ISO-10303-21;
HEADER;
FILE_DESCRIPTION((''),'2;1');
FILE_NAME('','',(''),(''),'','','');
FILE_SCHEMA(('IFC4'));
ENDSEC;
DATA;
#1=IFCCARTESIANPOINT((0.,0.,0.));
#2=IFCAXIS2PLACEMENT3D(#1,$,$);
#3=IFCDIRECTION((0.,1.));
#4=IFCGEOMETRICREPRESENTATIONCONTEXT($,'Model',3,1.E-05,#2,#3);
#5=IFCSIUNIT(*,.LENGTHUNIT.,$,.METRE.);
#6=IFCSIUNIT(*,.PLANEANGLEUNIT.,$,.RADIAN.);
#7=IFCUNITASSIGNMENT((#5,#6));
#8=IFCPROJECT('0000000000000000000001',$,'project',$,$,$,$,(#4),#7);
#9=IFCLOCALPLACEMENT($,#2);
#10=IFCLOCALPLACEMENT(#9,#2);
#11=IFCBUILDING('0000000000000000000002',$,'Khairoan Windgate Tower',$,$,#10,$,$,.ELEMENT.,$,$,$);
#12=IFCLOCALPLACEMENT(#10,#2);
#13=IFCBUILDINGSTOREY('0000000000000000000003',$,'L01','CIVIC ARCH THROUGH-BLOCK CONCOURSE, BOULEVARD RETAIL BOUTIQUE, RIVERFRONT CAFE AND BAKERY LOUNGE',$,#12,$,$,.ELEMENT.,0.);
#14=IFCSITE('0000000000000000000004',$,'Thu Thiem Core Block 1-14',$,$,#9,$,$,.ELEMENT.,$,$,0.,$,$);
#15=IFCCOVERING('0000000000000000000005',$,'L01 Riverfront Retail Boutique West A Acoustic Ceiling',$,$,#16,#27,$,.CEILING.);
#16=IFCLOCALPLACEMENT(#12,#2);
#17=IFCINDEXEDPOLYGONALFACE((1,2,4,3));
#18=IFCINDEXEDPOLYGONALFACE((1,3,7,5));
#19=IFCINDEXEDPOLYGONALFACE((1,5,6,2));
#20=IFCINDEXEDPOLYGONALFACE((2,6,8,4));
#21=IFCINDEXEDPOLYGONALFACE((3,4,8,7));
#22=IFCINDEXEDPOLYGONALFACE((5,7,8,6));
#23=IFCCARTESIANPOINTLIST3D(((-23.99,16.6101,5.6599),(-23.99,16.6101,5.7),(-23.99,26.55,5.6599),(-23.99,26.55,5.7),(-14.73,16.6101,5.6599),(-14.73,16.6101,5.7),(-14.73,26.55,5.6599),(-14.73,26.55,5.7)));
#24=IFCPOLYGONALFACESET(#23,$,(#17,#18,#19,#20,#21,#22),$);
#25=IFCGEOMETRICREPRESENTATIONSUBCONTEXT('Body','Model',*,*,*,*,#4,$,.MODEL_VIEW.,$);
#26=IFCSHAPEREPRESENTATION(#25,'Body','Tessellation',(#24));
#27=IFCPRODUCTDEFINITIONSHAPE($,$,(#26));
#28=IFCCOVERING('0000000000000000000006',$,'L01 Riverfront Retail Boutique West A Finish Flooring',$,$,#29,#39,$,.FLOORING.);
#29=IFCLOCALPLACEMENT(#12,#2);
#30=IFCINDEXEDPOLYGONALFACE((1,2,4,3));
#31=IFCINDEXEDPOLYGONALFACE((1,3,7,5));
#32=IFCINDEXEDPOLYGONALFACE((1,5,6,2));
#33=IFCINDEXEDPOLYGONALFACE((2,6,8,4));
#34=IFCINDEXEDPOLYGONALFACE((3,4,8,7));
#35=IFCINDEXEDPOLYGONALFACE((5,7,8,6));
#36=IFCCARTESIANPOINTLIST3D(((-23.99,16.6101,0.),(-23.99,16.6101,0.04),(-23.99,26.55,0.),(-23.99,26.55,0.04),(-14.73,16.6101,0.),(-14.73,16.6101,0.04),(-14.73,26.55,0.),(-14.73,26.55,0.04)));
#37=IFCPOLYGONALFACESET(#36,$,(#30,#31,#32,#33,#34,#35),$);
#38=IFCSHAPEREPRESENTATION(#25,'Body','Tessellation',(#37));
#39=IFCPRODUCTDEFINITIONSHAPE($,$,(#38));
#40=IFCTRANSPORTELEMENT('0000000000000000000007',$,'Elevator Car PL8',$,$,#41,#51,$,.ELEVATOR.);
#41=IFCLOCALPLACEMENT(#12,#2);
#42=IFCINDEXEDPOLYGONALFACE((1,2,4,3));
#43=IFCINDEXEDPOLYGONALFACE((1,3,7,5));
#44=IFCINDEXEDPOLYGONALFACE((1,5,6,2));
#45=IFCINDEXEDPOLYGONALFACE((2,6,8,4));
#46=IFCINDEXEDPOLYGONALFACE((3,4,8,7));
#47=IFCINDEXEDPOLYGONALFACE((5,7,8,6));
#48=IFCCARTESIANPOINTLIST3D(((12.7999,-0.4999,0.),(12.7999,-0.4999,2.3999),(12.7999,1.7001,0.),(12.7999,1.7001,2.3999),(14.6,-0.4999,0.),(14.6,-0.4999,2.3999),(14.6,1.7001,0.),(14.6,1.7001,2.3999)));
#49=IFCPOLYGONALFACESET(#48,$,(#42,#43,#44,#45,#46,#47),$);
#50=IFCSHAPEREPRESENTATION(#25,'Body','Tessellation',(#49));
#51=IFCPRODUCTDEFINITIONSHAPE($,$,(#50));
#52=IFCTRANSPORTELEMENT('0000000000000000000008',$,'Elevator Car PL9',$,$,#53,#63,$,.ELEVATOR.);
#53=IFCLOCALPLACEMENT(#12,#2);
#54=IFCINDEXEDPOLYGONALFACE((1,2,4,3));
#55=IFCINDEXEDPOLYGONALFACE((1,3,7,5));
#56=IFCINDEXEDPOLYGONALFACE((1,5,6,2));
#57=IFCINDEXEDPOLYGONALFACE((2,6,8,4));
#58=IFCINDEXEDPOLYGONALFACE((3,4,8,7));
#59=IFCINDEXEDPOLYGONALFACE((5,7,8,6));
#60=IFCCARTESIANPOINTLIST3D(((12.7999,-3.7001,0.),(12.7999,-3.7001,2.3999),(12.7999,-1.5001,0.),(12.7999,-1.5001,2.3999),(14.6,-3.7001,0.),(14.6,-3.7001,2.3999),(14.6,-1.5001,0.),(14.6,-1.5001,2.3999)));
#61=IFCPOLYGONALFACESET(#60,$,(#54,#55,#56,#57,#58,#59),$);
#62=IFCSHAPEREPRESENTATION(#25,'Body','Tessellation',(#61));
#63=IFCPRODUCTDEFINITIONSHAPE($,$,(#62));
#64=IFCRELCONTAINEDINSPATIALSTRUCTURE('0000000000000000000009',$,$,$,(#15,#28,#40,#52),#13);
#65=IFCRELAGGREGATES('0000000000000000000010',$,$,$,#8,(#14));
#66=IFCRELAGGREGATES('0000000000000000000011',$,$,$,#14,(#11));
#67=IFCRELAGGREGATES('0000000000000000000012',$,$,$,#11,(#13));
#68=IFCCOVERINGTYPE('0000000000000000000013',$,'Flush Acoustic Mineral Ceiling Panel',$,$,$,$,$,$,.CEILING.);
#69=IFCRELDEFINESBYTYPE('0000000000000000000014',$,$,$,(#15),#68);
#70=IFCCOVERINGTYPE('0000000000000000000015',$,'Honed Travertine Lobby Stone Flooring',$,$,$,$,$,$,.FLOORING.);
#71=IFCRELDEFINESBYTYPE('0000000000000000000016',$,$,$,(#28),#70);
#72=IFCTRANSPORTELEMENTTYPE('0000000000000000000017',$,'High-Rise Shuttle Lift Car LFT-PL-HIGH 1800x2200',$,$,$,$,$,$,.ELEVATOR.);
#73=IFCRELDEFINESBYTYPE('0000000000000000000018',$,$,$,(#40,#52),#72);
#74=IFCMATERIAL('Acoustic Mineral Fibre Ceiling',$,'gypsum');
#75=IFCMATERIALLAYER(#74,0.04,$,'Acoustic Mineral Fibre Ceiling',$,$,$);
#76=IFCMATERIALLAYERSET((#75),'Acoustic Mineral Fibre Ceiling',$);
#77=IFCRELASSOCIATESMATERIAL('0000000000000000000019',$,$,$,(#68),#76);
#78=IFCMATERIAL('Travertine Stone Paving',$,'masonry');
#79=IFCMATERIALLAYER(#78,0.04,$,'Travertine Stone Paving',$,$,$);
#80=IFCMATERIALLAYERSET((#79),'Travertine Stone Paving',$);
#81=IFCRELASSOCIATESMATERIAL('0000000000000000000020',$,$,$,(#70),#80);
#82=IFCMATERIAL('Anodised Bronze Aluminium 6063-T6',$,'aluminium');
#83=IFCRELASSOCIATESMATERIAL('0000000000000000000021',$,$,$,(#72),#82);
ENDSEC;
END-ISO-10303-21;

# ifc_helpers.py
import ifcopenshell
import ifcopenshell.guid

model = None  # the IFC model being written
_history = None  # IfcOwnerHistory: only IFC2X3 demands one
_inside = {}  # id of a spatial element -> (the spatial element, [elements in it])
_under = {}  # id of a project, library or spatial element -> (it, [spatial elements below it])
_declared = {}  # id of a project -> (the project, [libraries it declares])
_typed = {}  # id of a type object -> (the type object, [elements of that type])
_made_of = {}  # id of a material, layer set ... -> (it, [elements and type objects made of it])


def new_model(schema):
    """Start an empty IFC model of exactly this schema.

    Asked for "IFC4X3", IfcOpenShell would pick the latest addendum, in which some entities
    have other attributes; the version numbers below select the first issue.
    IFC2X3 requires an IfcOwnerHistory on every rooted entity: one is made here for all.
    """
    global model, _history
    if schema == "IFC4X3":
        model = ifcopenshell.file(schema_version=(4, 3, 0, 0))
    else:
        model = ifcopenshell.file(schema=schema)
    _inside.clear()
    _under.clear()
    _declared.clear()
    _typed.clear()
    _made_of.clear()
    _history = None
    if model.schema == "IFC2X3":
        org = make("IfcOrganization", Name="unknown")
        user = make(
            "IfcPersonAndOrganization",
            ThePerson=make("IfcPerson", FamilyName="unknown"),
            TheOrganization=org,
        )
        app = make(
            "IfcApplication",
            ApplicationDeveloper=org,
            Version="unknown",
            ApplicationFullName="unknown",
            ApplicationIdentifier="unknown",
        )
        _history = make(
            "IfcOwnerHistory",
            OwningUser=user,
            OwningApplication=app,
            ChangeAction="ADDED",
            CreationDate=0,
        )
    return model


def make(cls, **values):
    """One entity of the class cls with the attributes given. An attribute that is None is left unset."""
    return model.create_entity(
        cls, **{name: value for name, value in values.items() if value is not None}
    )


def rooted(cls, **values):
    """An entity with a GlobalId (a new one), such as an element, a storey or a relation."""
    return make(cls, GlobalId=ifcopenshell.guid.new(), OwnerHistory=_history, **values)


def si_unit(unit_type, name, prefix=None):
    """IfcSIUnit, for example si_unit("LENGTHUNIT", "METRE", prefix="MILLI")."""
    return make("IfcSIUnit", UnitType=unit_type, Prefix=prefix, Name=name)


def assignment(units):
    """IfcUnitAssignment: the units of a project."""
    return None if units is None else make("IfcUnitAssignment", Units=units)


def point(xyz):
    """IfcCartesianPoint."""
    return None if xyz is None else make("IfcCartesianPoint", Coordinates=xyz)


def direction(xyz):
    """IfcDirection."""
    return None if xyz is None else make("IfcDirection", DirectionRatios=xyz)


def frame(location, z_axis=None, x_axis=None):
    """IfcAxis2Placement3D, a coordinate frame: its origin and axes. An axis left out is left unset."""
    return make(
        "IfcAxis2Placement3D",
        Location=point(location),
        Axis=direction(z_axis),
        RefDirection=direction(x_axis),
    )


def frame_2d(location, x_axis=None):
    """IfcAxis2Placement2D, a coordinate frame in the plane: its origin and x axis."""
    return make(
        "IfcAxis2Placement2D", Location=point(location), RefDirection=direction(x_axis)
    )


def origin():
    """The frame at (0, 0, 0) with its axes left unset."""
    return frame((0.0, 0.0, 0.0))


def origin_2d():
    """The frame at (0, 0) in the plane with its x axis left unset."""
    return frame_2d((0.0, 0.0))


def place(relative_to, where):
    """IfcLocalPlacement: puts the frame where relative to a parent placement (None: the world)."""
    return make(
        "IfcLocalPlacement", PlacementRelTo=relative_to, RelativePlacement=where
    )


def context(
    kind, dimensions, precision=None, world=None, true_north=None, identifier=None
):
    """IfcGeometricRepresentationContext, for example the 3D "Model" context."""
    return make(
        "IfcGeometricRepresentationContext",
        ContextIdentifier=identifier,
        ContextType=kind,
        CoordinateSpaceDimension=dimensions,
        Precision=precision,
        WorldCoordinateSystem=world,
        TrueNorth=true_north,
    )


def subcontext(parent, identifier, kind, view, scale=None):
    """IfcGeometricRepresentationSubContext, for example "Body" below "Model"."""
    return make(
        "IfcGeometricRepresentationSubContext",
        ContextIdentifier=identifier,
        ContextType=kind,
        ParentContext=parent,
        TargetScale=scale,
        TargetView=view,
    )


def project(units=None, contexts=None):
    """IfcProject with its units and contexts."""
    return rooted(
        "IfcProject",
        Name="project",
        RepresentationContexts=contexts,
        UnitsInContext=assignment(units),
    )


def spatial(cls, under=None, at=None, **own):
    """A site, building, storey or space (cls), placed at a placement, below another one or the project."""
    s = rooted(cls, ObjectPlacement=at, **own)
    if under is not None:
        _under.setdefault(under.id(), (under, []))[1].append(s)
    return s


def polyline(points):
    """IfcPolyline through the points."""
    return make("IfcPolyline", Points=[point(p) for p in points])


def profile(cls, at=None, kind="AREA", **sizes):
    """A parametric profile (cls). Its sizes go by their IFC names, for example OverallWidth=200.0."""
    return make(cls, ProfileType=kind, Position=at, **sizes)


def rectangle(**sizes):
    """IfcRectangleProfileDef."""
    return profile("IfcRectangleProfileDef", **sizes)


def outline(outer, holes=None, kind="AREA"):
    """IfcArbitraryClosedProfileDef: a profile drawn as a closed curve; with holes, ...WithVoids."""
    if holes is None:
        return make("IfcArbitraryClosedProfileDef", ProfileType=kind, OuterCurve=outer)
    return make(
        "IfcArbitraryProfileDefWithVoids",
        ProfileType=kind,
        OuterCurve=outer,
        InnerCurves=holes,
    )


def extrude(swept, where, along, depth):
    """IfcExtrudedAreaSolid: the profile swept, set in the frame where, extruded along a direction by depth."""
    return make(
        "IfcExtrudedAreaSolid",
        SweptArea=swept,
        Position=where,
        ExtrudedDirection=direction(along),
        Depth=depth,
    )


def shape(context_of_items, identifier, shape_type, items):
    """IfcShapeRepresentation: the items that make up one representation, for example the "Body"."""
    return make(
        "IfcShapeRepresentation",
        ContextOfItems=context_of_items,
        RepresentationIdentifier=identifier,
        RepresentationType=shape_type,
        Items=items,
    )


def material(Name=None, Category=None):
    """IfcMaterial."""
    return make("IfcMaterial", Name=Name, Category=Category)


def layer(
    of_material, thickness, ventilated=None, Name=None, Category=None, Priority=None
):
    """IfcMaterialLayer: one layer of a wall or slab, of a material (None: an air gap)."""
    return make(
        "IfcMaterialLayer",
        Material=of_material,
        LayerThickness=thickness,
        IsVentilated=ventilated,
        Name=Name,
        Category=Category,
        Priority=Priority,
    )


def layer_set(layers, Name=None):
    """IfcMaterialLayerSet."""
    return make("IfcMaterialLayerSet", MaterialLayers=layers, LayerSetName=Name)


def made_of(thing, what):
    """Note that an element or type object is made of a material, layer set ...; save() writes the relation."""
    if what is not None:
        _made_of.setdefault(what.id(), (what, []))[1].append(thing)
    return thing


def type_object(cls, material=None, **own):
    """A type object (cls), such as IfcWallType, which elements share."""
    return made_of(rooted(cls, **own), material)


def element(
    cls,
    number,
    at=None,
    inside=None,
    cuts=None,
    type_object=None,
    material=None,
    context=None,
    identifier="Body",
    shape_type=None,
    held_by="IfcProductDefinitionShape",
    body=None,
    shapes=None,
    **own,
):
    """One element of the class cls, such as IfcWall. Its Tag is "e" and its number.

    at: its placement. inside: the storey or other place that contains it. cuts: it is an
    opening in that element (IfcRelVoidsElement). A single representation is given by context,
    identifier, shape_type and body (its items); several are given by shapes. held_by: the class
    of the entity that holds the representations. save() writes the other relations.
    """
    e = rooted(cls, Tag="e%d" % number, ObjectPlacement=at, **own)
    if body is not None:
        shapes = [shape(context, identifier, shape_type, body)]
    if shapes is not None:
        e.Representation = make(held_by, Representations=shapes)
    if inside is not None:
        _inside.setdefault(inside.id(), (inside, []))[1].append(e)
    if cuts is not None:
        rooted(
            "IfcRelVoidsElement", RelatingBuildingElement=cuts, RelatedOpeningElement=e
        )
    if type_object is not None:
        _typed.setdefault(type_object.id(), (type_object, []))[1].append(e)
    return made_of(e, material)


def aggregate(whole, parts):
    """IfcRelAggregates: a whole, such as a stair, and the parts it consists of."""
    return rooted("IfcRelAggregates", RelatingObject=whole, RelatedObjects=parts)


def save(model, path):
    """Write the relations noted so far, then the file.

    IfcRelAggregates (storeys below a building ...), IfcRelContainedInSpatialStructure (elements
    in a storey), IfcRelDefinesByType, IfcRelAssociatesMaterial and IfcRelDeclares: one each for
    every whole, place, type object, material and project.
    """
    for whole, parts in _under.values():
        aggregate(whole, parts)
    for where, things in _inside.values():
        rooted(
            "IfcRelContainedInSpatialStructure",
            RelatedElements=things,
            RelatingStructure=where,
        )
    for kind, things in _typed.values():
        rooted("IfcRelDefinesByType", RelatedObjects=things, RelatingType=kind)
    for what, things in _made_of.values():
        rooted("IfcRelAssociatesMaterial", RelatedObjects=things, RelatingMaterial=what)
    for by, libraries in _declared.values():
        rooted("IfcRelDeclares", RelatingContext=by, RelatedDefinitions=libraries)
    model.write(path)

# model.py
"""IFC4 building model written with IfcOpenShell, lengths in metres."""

from ifc_helpers import new_model, si_unit, direction, frame, origin, origin_2d, place, context, subcontext, project, spatial, polyline, rectangle, outline, extrude, material, layer, layer_set, type_object, element, save


model = new_model("IFC4")

# Units and contexts
model_context = context("Model", 3, precision=1e-05, world=origin(), true_north=direction((0.0, 1.0)))
body_context = subcontext(model_context, "Body", "Model", "MODEL_VIEW")
ifc_project = project(units=[si_unit("LENGTHUNIT", "METRE"), si_unit("PLANEANGLEUNIT", "RADIAN")], contexts=[model_context])

# Site, building, storey
site_placement = place(None, origin())
site = spatial("IfcSite", under=ifc_project, at=site_placement, Name="Thu Thiem Core Block 1-14", CompositionType="ELEMENT", RefElevation=0.0)
building_placement = place(site_placement, origin())
building = spatial("IfcBuilding", under=site, at=building_placement, Name="Khairoan Windgate Tower", CompositionType="ELEMENT")
storey_placement = place(building_placement, origin())
storey = spatial("IfcBuildingStorey", under=building, at=storey_placement, Name="L01", Description="CIVIC ARCH THROUGH-BLOCK CONCOURSE, BOULEVARD RETAIL BOUTIQUE, RIVERFRONT CAFE AND BAKERY LOUNGE", CompositionType="ELEMENT", Elevation=0.0)

# Coverings
ifc_material_1 = material(Name="Acoustic Mineral Fibre Ceiling", Category="gypsum")
ifc_layer_1 = layer(ifc_material_1, 0.04, Name="Acoustic Mineral Fibre Ceiling")
ifc_layer_set_1 = layer_set([ifc_layer_1], Name="Acoustic Mineral Fibre Ceiling")
covering_type_1 = type_object("IfcCoveringType", Name="Flush Acoustic Mineral Ceiling Panel", PredefinedType="CEILING", material=ifc_layer_set_1)
covering_1_placement = place(storey_placement, frame((0.0, 0.0, 5.6599)))
element("IfcCovering", 1, at=covering_1_placement, inside=storey, type_object=covering_type_1, Name="L01 Riverfront Retail Boutique West A Acoustic Ceiling", PredefinedType="CEILING", context=body_context, shape_type="SweptSolid", body=[
    extrude(outline(polyline([(-23.99, 26.55), (-14.73, 26.55), (-14.73, 16.6101), (-23.99, 16.6101), (-23.99, 26.55)])), origin(), (0.0, 0.0, 1.0), 0.04),
])
ifc_material_2 = material(Name="Travertine Stone Paving", Category="masonry")
ifc_layer_2 = layer(ifc_material_2, 0.04, Name="Travertine Stone Paving")
ifc_layer_set_2 = layer_set([ifc_layer_2], Name="Travertine Stone Paving")
covering_type_2 = type_object("IfcCoveringType", Name="Honed Travertine Lobby Stone Flooring", PredefinedType="FLOORING", material=ifc_layer_set_2)
covering_2_placement = place(storey_placement, origin())
element("IfcCovering", 2, at=covering_2_placement, inside=storey, type_object=covering_type_2, Name="L01 Riverfront Retail Boutique West A Finish Flooring", PredefinedType="FLOORING", context=body_context, shape_type="SweptSolid", body=[
    extrude(outline(polyline([(-23.99, 26.55), (-14.73, 26.55), (-14.73, 16.6101), (-23.99, 16.6101), (-23.99, 26.55)])), origin(), (0.0, 0.0, 1.0), 0.04),
])

# Transport elements
ifc_material_3 = material(Name="Anodised Bronze Aluminium 6063-T6", Category="aluminium")
transport_element_type = type_object("IfcTransportElementType", Name="High-Rise Shuttle Lift Car LFT-PL-HIGH 1800x2200", PredefinedType="ELEVATOR", material=ifc_material_3)
for number, where, z_axis, x_axis, name in (
    (3, (13.7, 0.6001, 0.0), (0.0, 0.0, 1.0), (1.0, 0.0, 0.0), "Elevator Car PL8"),
    (4, (13.7, -2.6001, 0.0), (0.0, 0.0, 1.0), (1.0, 0.0, 0.0), "Elevator Car PL9"),
):
    element("IfcTransportElement", number, at=place(storey_placement, frame(where, z_axis=z_axis, x_axis=x_axis)), inside=storey, type_object=transport_element_type, Name=name, PredefinedType="ELEVATOR", context=body_context, shape_type="SweptSolid", body=[
        extrude(rectangle(XDim=1.8, YDim=2.2, at=origin_2d()), origin(), (0.0, 0.0, 1.0), 2.3999),
    ])

save(model, "model.ifc")
